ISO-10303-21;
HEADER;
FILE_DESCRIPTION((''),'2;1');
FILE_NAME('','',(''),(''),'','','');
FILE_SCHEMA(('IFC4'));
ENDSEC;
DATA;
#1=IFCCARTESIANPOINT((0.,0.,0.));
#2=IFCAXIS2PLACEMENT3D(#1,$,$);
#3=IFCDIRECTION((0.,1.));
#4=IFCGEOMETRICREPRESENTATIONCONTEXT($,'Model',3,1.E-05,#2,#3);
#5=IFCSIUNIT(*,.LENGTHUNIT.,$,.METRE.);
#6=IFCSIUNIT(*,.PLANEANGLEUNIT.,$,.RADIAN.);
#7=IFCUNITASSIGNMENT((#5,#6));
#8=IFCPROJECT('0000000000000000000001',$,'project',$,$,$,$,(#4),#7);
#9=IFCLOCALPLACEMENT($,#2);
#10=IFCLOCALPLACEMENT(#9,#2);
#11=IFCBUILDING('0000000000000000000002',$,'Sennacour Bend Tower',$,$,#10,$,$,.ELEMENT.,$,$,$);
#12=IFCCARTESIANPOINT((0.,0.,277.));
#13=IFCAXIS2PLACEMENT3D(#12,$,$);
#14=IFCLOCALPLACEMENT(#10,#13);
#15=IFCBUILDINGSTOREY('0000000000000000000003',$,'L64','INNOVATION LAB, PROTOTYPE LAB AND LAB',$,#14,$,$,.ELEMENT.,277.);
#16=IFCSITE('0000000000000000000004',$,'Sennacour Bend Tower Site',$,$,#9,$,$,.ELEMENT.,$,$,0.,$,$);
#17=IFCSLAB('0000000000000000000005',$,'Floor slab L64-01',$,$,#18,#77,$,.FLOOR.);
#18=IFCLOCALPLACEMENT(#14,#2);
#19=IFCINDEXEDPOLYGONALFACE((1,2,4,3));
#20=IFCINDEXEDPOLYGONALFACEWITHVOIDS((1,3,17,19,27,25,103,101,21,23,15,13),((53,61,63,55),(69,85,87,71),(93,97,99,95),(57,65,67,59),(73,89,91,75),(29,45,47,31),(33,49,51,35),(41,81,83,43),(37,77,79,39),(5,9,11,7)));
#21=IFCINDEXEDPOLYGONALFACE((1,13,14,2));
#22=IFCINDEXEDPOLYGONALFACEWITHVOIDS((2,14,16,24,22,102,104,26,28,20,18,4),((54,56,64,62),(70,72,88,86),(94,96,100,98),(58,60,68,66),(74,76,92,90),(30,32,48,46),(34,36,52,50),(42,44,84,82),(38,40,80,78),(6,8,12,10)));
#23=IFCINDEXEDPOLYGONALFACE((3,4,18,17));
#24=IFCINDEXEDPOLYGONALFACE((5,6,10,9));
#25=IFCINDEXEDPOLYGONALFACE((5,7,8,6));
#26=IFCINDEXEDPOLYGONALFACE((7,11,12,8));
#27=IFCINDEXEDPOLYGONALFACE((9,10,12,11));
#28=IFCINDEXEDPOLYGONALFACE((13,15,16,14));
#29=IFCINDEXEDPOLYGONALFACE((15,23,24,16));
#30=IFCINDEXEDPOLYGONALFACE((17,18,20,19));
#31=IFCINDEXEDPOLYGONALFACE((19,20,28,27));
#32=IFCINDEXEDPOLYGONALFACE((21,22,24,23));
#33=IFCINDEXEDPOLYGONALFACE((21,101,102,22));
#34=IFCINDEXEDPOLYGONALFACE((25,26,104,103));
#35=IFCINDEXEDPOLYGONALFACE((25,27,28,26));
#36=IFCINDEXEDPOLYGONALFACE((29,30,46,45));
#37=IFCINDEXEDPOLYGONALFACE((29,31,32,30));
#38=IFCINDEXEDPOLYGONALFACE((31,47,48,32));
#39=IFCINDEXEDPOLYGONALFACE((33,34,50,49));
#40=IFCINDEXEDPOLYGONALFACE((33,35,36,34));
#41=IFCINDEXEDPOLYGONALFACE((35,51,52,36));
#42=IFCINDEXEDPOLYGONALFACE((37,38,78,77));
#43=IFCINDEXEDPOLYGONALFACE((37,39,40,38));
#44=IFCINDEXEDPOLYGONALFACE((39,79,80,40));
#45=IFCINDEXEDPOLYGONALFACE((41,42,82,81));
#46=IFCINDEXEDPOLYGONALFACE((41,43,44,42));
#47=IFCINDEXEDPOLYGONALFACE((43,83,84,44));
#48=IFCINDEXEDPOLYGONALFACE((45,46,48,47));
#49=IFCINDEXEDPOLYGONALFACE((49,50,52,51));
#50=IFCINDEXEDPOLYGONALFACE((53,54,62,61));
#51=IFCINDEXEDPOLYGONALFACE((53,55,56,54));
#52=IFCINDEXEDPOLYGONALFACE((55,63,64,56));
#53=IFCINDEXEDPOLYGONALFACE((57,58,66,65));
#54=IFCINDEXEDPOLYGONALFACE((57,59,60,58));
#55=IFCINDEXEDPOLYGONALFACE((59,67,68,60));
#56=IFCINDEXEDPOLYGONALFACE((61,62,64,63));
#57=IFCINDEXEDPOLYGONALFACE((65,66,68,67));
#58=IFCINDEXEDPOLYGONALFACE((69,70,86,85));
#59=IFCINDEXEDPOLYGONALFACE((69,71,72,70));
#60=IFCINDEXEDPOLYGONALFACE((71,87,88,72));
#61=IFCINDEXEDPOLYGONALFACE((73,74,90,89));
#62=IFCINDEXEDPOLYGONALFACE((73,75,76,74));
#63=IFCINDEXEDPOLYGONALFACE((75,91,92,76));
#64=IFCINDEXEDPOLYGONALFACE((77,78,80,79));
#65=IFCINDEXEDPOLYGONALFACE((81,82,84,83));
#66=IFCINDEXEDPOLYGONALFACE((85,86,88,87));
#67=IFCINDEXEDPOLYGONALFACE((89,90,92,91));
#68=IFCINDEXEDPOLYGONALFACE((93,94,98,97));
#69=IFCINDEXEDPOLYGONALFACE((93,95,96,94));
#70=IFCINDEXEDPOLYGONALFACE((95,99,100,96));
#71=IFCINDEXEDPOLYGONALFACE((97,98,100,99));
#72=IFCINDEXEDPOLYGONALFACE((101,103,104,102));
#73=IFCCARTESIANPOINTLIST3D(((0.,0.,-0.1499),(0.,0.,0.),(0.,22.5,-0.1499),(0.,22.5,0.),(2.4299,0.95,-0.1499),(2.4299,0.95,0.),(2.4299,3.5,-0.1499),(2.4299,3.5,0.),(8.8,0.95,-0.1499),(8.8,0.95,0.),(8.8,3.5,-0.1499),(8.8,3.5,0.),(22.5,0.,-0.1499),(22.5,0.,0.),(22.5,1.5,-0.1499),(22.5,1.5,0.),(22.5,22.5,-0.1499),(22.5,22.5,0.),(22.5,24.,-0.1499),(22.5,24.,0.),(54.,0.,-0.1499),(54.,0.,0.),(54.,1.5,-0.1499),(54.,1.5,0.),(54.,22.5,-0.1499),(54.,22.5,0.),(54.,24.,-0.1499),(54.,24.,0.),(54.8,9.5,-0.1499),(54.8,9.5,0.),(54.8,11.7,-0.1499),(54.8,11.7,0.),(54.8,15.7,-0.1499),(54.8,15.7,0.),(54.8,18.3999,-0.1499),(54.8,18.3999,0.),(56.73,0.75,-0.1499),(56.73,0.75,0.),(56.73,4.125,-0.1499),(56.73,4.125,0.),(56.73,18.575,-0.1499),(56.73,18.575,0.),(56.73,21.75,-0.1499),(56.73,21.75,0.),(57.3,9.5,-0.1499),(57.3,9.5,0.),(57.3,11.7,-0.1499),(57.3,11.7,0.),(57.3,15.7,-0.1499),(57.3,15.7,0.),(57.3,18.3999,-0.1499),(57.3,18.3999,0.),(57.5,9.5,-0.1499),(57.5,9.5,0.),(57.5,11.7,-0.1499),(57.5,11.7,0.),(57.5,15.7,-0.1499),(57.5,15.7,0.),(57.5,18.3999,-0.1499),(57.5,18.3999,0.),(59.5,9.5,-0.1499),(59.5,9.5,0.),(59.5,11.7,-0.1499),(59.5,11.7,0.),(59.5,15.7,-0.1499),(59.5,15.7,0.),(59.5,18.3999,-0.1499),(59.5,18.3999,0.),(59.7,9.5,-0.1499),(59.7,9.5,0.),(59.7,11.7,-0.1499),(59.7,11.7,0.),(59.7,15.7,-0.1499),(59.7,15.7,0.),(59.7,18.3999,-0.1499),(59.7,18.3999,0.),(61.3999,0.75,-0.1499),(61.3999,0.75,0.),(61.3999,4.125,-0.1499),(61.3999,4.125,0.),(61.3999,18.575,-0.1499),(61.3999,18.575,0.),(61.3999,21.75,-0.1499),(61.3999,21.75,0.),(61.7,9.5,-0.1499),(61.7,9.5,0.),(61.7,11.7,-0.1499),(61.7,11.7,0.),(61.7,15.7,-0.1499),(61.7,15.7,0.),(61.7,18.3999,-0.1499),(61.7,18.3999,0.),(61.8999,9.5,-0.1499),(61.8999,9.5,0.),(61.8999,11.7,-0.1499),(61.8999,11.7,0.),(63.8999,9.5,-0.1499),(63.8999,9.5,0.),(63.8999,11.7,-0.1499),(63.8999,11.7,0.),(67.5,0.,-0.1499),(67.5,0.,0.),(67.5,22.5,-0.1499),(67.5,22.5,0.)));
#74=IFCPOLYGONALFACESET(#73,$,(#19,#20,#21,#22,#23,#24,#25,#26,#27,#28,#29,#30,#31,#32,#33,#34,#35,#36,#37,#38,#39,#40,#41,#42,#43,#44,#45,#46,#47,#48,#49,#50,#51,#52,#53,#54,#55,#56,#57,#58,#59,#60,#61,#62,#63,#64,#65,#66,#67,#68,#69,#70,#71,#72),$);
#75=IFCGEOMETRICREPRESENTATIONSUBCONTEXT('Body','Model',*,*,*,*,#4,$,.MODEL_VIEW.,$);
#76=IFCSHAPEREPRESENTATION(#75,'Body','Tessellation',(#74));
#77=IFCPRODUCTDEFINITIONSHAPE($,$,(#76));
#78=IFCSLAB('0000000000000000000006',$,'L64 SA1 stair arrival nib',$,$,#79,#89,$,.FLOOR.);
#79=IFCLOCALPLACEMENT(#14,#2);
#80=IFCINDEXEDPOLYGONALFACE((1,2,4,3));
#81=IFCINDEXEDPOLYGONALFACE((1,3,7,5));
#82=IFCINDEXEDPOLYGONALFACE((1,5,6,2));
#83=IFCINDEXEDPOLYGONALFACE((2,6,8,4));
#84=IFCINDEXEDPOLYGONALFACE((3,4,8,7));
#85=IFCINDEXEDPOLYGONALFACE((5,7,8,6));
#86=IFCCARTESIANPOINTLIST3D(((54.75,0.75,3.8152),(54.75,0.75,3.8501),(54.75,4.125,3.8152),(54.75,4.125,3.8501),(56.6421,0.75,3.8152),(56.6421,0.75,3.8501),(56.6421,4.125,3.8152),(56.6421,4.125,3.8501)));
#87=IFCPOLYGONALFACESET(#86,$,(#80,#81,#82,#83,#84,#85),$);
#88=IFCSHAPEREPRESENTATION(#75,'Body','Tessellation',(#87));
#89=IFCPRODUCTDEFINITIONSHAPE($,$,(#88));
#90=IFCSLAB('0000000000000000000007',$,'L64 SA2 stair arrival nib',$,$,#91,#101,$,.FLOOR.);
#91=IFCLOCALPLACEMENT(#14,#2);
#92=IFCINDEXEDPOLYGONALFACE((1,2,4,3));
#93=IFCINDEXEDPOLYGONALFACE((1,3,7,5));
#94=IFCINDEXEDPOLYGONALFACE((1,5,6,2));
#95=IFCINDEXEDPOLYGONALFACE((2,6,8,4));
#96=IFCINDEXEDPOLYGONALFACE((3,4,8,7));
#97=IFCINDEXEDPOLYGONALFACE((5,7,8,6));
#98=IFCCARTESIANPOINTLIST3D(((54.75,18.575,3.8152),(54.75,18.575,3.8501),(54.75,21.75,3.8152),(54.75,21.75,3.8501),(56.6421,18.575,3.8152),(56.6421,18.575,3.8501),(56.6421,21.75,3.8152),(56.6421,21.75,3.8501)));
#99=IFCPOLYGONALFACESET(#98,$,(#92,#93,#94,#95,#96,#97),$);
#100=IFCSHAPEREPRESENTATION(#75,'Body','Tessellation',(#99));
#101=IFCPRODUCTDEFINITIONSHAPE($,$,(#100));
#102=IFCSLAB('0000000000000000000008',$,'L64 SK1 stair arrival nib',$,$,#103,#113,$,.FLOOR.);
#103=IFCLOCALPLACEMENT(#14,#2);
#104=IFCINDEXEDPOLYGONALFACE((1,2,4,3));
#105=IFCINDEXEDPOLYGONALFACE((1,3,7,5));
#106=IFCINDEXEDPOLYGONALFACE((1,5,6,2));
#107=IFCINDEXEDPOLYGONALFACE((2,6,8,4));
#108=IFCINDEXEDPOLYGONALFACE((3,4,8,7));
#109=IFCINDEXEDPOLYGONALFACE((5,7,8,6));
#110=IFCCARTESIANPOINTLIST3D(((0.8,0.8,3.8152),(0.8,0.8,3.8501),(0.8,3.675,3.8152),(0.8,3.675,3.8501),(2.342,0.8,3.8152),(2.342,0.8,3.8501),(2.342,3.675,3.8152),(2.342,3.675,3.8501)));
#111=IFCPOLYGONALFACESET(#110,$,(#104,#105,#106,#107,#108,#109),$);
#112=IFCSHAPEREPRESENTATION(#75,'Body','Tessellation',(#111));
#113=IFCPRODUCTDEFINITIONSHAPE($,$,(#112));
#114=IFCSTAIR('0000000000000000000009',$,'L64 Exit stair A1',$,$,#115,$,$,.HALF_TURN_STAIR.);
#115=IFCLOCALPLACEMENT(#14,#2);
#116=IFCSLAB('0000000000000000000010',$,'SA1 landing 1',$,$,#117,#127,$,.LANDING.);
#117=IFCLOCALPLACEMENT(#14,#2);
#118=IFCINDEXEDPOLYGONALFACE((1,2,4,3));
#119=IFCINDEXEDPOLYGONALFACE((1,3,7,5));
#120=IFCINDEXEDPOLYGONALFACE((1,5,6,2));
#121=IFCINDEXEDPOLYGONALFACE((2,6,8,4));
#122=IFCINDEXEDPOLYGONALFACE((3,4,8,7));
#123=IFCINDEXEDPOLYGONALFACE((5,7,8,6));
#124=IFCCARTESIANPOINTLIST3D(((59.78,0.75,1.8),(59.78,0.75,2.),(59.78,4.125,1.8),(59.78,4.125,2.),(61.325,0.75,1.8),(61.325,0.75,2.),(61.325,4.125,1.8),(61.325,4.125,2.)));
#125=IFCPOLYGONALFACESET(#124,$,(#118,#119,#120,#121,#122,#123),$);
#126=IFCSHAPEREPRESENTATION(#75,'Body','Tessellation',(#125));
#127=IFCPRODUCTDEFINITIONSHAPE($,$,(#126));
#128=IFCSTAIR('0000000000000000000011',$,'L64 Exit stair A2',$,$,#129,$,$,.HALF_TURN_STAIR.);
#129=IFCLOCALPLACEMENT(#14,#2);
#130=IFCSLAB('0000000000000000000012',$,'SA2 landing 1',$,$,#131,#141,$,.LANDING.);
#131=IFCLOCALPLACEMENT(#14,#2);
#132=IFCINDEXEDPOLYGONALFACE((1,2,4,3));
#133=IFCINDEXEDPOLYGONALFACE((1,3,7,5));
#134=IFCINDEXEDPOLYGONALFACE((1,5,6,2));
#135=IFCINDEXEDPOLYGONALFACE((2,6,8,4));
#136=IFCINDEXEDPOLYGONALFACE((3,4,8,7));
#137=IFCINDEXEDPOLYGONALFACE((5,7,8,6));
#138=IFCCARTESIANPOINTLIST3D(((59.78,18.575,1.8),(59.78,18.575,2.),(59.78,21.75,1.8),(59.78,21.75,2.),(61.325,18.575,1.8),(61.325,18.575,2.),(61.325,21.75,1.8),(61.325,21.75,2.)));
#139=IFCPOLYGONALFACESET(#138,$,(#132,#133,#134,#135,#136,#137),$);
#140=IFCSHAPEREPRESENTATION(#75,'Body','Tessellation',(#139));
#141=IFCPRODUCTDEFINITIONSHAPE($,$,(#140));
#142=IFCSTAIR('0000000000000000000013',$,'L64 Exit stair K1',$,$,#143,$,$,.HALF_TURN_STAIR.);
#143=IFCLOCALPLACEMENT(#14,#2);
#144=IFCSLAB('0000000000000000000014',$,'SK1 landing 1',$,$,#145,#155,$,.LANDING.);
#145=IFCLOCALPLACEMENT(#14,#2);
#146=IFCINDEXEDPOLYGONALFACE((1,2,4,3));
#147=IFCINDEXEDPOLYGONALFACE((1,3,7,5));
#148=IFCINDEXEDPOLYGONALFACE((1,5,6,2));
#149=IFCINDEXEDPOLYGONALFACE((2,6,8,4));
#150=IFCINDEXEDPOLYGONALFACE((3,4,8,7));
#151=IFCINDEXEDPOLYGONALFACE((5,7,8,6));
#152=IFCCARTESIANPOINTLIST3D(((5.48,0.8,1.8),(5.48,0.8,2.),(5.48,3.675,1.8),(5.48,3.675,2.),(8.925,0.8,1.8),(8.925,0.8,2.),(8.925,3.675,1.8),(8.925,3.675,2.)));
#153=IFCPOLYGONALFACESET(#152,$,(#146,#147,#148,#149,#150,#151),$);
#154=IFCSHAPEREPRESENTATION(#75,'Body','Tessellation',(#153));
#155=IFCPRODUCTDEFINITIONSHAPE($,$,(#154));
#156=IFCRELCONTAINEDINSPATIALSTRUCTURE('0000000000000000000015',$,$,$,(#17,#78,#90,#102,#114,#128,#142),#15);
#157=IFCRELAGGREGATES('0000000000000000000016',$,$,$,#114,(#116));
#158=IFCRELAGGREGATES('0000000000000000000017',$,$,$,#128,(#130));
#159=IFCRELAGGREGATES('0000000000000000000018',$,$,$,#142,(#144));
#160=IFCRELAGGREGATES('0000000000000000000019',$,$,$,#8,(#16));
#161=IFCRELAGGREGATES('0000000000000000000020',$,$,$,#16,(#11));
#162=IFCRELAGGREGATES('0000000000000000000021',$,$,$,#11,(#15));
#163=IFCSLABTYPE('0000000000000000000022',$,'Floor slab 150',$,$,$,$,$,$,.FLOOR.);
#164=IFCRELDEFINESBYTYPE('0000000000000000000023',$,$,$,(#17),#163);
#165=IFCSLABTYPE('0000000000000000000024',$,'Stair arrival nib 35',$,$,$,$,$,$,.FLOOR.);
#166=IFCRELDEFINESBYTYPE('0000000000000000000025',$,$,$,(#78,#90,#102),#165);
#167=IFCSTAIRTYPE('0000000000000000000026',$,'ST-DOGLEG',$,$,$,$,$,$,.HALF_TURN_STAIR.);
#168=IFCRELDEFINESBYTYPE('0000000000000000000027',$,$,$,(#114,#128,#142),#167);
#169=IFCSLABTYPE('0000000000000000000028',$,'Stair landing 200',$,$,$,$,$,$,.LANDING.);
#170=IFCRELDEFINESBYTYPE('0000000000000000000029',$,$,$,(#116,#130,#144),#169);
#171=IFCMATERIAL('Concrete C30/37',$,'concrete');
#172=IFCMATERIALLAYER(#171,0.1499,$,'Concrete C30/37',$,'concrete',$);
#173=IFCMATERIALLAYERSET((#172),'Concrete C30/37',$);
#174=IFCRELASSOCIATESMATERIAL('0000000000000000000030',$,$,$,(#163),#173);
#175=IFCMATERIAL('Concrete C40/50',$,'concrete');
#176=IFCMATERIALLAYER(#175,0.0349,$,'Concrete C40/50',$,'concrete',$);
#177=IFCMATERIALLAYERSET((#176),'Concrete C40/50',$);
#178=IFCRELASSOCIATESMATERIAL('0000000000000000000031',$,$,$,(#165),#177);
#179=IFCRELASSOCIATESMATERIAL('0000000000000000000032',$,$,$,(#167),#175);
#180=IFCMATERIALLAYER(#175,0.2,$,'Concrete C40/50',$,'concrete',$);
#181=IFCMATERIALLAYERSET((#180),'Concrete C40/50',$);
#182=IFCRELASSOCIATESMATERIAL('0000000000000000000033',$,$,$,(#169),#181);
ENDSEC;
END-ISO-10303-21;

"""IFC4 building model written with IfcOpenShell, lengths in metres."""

from ifc_helpers import new_model, si_unit, direction, frame, origin, place, context, subcontext, project, spatial, polyline, outline, extrude, material, layer, layer_set, type_object, element, aggregate, save


model = new_model("IFC4")

# Units and contexts
model_context = context("Model", 3, precision=1e-05, world=origin(), true_north=direction((0.0, 1.0)))
body_context = subcontext(model_context, "Body", "Model", "MODEL_VIEW")
ifc_project = project(units=[si_unit("LENGTHUNIT", "METRE"), si_unit("PLANEANGLEUNIT", "RADIAN")], contexts=[model_context])

# Site, building, storey
site_placement = place(None, origin())
site = spatial("IfcSite", under=ifc_project, at=site_placement, Name="Sennacour Bend Tower Site", CompositionType="ELEMENT", RefElevation=0.0)
building_placement = place(site_placement, origin())
building = spatial("IfcBuilding", under=site, at=building_placement, Name="Sennacour Bend Tower", CompositionType="ELEMENT")
storey_placement = place(building_placement, frame((0.0, 0.0, 277.0)))
storey = spatial("IfcBuildingStorey", under=building, at=storey_placement, Name="L64", Description="INNOVATION LAB, PROTOTYPE LAB AND LAB", CompositionType="ELEMENT", Elevation=277.0)

# Slabs
ifc_material_1 = material(Name="Concrete C30/37", Category="concrete")
ifc_layer_1 = layer(ifc_material_1, 0.1499, Name="Concrete C30/37", Category="concrete")
ifc_layer_set_1 = layer_set([ifc_layer_1], Name="Concrete C30/37")
slab_type_1 = type_object("IfcSlabType", Name="Floor slab 150", PredefinedType="FLOOR", material=ifc_layer_set_1)
slab_1_placement = place(storey_placement, frame((0.0, 0.0, -0.1499)))
element("IfcSlab", 1, at=slab_1_placement, inside=storey, type_object=slab_type_1, Name="Floor slab L64-01", PredefinedType="FLOOR", context=body_context, shape_type="SweptSolid", body=[
    extrude(outline(polyline([(0.0, 0.0), (0.0, 22.5), (22.5, 22.5), (22.5, 24.0), (54.0, 24.0), (54.0, 22.5), (67.5, 22.5), (67.5, 0.0), (54.0, 0.0), (54.0, 1.5), (22.5, 1.5), (22.5, 0.0), (0.0, 0.0)]), holes=[polyline([(8.8, 3.5), (2.4299, 3.5), (2.4299, 0.95), (8.8, 0.95), (8.8, 3.5)]), polyline([(61.3999, 4.125), (56.73, 4.125), (56.73, 0.75), (61.3999, 0.75), (61.3999, 4.125)]), polyline([(57.3, 11.7), (54.8, 11.7), (54.8, 9.5), (57.3, 9.5), (57.3, 11.7)]), polyline([(59.5, 9.5), (59.5, 11.7), (57.5, 11.7), (57.5, 9.5), (59.5, 9.5)]), polyline([(61.7, 9.5), (61.7, 11.7), (59.7, 11.7), (59.7, 9.5), (61.7, 9.5)]), polyline([(63.8999, 11.7), (61.8999, 11.7), (61.8999, 9.5), (63.8999, 9.5), (63.8999, 11.7)]), polyline([(57.3, 18.3999), (54.8, 18.3999), (54.8, 15.7), (57.3, 15.7), (57.3, 18.3999)]), polyline([(59.5, 18.3999), (57.5, 18.3999), (57.5, 15.7), (59.5, 15.7), (59.5, 18.3999)]), polyline([(61.7, 15.7), (61.7, 18.3999), (59.7, 18.3999), (59.7, 15.7), (61.7, 15.7)]), polyline([(61.3999, 18.575), (61.3999, 21.75), (56.73, 21.75), (56.73, 18.575), (61.3999, 18.575)])]), origin(), (0.0, 0.0, 1.0), 0.1499),
])
ifc_material_2 = material(Name="Concrete C40/50", Category="concrete")
ifc_layer_2 = layer(ifc_material_2, 0.0349, Name="Concrete C40/50", Category="concrete")
ifc_layer_set_2 = layer_set([ifc_layer_2], Name="Concrete C40/50")
slab_type_2 = type_object("IfcSlabType", Name="Stair arrival nib 35", PredefinedType="FLOOR", material=ifc_layer_set_2)
slab_2_placement = place(storey_placement, frame((0.0, 0.0, 3.8152)))
element("IfcSlab", 2, at=slab_2_placement, inside=storey, type_object=slab_type_2, Name="L64 SA1 stair arrival nib", PredefinedType="FLOOR", context=body_context, shape_type="SweptSolid", body=[
    extrude(outline(polyline([(56.6421, 4.125), (54.75, 4.125), (54.75, 0.75), (56.6421, 0.75), (56.6421, 4.125)])), origin(), (0.0, 0.0, 1.0), 0.0349),
])
slab_3_placement = place(storey_placement, frame((0.0, 0.0, 3.8152)))
element("IfcSlab", 3, at=slab_3_placement, inside=storey, type_object=slab_type_2, Name="L64 SA2 stair arrival nib", PredefinedType="FLOOR", context=body_context, shape_type="SweptSolid", body=[
    extrude(outline(polyline([(56.6421, 21.75), (54.75, 21.75), (54.75, 18.575), (56.6421, 18.575), (56.6421, 21.75)])), origin(), (0.0, 0.0, 1.0), 0.0349),
])
slab_4_placement = place(storey_placement, frame((0.0, 0.0, 3.8152)))
element("IfcSlab", 4, at=slab_4_placement, inside=storey, type_object=slab_type_2, Name="L64 SK1 stair arrival nib", PredefinedType="FLOOR", context=body_context, shape_type="SweptSolid", body=[
    extrude(outline(polyline([(2.342, 3.675), (0.8, 3.675), (0.8, 0.8), (2.342, 0.8), (2.342, 3.675)])), origin(), (0.0, 0.0, 1.0), 0.0349),
])

# Stairs, slabs
stair_type = type_object("IfcStairType", Name="ST-DOGLEG", PredefinedType="HALF_TURN_STAIR", material=ifc_material_2)
stair_1_placement = place(storey_placement, origin())
stair_1 = element("IfcStair", 5, at=stair_1_placement, inside=storey, type_object=stair_type, Name="L64 Exit stair A1", PredefinedType="HALF_TURN_STAIR")
ifc_layer_3 = layer(ifc_material_2, 0.2, Name="Concrete C40/50", Category="concrete")
ifc_layer_set_3 = layer_set([ifc_layer_3], Name="Concrete C40/50")
slab_type_3 = type_object("IfcSlabType", Name="Stair landing 200", PredefinedType="LANDING", material=ifc_layer_set_3)
slab_5_placement = place(storey_placement, frame((0.0, 0.0, 1.8)))
slab_5 = element("IfcSlab", 6, at=slab_5_placement, type_object=slab_type_3, Name="SA1 landing 1", PredefinedType="LANDING", context=body_context, shape_type="SweptSolid", body=[
    extrude(outline(polyline([(59.78, 0.75), (61.325, 0.75), (61.325, 4.125), (59.78, 4.125), (59.78, 0.75)])), origin(), (0.0, 0.0, 1.0), 0.2),
])
aggregate(stair_1, [slab_5])
stair_2_placement = place(storey_placement, origin())
stair_2 = element("IfcStair", 7, at=stair_2_placement, inside=storey, type_object=stair_type, Name="L64 Exit stair A2", PredefinedType="HALF_TURN_STAIR")
slab_6_placement = place(storey_placement, frame((0.0, 0.0, 1.8)))
slab_6 = element("IfcSlab", 8, at=slab_6_placement, type_object=slab_type_3, Name="SA2 landing 1", PredefinedType="LANDING", context=body_context, shape_type="SweptSolid", body=[
    extrude(outline(polyline([(59.78, 18.575), (61.325, 18.575), (61.325, 21.75), (59.78, 21.75), (59.78, 18.575)])), origin(), (0.0, 0.0, 1.0), 0.2),
])
aggregate(stair_2, [slab_6])
stair_3_placement = place(storey_placement, origin())
stair_3 = element("IfcStair", 9, at=stair_3_placement, inside=storey, type_object=stair_type, Name="L64 Exit stair K1", PredefinedType="HALF_TURN_STAIR")
slab_7_placement = place(storey_placement, frame((0.0, 0.0, 1.8)))
slab_7 = element("IfcSlab", 10, at=slab_7_placement, type_object=slab_type_3, Name="SK1 landing 1", PredefinedType="LANDING", context=body_context, shape_type="SweptSolid", body=[
    extrude(outline(polyline([(5.48, 0.8), (8.925, 0.8), (8.925, 3.675), (5.48, 3.675), (5.48, 0.8)])), origin(), (0.0, 0.0, 1.0), 0.2),
])

aggregate(stair_3, [slab_7])

save(model, "model.ifc")
